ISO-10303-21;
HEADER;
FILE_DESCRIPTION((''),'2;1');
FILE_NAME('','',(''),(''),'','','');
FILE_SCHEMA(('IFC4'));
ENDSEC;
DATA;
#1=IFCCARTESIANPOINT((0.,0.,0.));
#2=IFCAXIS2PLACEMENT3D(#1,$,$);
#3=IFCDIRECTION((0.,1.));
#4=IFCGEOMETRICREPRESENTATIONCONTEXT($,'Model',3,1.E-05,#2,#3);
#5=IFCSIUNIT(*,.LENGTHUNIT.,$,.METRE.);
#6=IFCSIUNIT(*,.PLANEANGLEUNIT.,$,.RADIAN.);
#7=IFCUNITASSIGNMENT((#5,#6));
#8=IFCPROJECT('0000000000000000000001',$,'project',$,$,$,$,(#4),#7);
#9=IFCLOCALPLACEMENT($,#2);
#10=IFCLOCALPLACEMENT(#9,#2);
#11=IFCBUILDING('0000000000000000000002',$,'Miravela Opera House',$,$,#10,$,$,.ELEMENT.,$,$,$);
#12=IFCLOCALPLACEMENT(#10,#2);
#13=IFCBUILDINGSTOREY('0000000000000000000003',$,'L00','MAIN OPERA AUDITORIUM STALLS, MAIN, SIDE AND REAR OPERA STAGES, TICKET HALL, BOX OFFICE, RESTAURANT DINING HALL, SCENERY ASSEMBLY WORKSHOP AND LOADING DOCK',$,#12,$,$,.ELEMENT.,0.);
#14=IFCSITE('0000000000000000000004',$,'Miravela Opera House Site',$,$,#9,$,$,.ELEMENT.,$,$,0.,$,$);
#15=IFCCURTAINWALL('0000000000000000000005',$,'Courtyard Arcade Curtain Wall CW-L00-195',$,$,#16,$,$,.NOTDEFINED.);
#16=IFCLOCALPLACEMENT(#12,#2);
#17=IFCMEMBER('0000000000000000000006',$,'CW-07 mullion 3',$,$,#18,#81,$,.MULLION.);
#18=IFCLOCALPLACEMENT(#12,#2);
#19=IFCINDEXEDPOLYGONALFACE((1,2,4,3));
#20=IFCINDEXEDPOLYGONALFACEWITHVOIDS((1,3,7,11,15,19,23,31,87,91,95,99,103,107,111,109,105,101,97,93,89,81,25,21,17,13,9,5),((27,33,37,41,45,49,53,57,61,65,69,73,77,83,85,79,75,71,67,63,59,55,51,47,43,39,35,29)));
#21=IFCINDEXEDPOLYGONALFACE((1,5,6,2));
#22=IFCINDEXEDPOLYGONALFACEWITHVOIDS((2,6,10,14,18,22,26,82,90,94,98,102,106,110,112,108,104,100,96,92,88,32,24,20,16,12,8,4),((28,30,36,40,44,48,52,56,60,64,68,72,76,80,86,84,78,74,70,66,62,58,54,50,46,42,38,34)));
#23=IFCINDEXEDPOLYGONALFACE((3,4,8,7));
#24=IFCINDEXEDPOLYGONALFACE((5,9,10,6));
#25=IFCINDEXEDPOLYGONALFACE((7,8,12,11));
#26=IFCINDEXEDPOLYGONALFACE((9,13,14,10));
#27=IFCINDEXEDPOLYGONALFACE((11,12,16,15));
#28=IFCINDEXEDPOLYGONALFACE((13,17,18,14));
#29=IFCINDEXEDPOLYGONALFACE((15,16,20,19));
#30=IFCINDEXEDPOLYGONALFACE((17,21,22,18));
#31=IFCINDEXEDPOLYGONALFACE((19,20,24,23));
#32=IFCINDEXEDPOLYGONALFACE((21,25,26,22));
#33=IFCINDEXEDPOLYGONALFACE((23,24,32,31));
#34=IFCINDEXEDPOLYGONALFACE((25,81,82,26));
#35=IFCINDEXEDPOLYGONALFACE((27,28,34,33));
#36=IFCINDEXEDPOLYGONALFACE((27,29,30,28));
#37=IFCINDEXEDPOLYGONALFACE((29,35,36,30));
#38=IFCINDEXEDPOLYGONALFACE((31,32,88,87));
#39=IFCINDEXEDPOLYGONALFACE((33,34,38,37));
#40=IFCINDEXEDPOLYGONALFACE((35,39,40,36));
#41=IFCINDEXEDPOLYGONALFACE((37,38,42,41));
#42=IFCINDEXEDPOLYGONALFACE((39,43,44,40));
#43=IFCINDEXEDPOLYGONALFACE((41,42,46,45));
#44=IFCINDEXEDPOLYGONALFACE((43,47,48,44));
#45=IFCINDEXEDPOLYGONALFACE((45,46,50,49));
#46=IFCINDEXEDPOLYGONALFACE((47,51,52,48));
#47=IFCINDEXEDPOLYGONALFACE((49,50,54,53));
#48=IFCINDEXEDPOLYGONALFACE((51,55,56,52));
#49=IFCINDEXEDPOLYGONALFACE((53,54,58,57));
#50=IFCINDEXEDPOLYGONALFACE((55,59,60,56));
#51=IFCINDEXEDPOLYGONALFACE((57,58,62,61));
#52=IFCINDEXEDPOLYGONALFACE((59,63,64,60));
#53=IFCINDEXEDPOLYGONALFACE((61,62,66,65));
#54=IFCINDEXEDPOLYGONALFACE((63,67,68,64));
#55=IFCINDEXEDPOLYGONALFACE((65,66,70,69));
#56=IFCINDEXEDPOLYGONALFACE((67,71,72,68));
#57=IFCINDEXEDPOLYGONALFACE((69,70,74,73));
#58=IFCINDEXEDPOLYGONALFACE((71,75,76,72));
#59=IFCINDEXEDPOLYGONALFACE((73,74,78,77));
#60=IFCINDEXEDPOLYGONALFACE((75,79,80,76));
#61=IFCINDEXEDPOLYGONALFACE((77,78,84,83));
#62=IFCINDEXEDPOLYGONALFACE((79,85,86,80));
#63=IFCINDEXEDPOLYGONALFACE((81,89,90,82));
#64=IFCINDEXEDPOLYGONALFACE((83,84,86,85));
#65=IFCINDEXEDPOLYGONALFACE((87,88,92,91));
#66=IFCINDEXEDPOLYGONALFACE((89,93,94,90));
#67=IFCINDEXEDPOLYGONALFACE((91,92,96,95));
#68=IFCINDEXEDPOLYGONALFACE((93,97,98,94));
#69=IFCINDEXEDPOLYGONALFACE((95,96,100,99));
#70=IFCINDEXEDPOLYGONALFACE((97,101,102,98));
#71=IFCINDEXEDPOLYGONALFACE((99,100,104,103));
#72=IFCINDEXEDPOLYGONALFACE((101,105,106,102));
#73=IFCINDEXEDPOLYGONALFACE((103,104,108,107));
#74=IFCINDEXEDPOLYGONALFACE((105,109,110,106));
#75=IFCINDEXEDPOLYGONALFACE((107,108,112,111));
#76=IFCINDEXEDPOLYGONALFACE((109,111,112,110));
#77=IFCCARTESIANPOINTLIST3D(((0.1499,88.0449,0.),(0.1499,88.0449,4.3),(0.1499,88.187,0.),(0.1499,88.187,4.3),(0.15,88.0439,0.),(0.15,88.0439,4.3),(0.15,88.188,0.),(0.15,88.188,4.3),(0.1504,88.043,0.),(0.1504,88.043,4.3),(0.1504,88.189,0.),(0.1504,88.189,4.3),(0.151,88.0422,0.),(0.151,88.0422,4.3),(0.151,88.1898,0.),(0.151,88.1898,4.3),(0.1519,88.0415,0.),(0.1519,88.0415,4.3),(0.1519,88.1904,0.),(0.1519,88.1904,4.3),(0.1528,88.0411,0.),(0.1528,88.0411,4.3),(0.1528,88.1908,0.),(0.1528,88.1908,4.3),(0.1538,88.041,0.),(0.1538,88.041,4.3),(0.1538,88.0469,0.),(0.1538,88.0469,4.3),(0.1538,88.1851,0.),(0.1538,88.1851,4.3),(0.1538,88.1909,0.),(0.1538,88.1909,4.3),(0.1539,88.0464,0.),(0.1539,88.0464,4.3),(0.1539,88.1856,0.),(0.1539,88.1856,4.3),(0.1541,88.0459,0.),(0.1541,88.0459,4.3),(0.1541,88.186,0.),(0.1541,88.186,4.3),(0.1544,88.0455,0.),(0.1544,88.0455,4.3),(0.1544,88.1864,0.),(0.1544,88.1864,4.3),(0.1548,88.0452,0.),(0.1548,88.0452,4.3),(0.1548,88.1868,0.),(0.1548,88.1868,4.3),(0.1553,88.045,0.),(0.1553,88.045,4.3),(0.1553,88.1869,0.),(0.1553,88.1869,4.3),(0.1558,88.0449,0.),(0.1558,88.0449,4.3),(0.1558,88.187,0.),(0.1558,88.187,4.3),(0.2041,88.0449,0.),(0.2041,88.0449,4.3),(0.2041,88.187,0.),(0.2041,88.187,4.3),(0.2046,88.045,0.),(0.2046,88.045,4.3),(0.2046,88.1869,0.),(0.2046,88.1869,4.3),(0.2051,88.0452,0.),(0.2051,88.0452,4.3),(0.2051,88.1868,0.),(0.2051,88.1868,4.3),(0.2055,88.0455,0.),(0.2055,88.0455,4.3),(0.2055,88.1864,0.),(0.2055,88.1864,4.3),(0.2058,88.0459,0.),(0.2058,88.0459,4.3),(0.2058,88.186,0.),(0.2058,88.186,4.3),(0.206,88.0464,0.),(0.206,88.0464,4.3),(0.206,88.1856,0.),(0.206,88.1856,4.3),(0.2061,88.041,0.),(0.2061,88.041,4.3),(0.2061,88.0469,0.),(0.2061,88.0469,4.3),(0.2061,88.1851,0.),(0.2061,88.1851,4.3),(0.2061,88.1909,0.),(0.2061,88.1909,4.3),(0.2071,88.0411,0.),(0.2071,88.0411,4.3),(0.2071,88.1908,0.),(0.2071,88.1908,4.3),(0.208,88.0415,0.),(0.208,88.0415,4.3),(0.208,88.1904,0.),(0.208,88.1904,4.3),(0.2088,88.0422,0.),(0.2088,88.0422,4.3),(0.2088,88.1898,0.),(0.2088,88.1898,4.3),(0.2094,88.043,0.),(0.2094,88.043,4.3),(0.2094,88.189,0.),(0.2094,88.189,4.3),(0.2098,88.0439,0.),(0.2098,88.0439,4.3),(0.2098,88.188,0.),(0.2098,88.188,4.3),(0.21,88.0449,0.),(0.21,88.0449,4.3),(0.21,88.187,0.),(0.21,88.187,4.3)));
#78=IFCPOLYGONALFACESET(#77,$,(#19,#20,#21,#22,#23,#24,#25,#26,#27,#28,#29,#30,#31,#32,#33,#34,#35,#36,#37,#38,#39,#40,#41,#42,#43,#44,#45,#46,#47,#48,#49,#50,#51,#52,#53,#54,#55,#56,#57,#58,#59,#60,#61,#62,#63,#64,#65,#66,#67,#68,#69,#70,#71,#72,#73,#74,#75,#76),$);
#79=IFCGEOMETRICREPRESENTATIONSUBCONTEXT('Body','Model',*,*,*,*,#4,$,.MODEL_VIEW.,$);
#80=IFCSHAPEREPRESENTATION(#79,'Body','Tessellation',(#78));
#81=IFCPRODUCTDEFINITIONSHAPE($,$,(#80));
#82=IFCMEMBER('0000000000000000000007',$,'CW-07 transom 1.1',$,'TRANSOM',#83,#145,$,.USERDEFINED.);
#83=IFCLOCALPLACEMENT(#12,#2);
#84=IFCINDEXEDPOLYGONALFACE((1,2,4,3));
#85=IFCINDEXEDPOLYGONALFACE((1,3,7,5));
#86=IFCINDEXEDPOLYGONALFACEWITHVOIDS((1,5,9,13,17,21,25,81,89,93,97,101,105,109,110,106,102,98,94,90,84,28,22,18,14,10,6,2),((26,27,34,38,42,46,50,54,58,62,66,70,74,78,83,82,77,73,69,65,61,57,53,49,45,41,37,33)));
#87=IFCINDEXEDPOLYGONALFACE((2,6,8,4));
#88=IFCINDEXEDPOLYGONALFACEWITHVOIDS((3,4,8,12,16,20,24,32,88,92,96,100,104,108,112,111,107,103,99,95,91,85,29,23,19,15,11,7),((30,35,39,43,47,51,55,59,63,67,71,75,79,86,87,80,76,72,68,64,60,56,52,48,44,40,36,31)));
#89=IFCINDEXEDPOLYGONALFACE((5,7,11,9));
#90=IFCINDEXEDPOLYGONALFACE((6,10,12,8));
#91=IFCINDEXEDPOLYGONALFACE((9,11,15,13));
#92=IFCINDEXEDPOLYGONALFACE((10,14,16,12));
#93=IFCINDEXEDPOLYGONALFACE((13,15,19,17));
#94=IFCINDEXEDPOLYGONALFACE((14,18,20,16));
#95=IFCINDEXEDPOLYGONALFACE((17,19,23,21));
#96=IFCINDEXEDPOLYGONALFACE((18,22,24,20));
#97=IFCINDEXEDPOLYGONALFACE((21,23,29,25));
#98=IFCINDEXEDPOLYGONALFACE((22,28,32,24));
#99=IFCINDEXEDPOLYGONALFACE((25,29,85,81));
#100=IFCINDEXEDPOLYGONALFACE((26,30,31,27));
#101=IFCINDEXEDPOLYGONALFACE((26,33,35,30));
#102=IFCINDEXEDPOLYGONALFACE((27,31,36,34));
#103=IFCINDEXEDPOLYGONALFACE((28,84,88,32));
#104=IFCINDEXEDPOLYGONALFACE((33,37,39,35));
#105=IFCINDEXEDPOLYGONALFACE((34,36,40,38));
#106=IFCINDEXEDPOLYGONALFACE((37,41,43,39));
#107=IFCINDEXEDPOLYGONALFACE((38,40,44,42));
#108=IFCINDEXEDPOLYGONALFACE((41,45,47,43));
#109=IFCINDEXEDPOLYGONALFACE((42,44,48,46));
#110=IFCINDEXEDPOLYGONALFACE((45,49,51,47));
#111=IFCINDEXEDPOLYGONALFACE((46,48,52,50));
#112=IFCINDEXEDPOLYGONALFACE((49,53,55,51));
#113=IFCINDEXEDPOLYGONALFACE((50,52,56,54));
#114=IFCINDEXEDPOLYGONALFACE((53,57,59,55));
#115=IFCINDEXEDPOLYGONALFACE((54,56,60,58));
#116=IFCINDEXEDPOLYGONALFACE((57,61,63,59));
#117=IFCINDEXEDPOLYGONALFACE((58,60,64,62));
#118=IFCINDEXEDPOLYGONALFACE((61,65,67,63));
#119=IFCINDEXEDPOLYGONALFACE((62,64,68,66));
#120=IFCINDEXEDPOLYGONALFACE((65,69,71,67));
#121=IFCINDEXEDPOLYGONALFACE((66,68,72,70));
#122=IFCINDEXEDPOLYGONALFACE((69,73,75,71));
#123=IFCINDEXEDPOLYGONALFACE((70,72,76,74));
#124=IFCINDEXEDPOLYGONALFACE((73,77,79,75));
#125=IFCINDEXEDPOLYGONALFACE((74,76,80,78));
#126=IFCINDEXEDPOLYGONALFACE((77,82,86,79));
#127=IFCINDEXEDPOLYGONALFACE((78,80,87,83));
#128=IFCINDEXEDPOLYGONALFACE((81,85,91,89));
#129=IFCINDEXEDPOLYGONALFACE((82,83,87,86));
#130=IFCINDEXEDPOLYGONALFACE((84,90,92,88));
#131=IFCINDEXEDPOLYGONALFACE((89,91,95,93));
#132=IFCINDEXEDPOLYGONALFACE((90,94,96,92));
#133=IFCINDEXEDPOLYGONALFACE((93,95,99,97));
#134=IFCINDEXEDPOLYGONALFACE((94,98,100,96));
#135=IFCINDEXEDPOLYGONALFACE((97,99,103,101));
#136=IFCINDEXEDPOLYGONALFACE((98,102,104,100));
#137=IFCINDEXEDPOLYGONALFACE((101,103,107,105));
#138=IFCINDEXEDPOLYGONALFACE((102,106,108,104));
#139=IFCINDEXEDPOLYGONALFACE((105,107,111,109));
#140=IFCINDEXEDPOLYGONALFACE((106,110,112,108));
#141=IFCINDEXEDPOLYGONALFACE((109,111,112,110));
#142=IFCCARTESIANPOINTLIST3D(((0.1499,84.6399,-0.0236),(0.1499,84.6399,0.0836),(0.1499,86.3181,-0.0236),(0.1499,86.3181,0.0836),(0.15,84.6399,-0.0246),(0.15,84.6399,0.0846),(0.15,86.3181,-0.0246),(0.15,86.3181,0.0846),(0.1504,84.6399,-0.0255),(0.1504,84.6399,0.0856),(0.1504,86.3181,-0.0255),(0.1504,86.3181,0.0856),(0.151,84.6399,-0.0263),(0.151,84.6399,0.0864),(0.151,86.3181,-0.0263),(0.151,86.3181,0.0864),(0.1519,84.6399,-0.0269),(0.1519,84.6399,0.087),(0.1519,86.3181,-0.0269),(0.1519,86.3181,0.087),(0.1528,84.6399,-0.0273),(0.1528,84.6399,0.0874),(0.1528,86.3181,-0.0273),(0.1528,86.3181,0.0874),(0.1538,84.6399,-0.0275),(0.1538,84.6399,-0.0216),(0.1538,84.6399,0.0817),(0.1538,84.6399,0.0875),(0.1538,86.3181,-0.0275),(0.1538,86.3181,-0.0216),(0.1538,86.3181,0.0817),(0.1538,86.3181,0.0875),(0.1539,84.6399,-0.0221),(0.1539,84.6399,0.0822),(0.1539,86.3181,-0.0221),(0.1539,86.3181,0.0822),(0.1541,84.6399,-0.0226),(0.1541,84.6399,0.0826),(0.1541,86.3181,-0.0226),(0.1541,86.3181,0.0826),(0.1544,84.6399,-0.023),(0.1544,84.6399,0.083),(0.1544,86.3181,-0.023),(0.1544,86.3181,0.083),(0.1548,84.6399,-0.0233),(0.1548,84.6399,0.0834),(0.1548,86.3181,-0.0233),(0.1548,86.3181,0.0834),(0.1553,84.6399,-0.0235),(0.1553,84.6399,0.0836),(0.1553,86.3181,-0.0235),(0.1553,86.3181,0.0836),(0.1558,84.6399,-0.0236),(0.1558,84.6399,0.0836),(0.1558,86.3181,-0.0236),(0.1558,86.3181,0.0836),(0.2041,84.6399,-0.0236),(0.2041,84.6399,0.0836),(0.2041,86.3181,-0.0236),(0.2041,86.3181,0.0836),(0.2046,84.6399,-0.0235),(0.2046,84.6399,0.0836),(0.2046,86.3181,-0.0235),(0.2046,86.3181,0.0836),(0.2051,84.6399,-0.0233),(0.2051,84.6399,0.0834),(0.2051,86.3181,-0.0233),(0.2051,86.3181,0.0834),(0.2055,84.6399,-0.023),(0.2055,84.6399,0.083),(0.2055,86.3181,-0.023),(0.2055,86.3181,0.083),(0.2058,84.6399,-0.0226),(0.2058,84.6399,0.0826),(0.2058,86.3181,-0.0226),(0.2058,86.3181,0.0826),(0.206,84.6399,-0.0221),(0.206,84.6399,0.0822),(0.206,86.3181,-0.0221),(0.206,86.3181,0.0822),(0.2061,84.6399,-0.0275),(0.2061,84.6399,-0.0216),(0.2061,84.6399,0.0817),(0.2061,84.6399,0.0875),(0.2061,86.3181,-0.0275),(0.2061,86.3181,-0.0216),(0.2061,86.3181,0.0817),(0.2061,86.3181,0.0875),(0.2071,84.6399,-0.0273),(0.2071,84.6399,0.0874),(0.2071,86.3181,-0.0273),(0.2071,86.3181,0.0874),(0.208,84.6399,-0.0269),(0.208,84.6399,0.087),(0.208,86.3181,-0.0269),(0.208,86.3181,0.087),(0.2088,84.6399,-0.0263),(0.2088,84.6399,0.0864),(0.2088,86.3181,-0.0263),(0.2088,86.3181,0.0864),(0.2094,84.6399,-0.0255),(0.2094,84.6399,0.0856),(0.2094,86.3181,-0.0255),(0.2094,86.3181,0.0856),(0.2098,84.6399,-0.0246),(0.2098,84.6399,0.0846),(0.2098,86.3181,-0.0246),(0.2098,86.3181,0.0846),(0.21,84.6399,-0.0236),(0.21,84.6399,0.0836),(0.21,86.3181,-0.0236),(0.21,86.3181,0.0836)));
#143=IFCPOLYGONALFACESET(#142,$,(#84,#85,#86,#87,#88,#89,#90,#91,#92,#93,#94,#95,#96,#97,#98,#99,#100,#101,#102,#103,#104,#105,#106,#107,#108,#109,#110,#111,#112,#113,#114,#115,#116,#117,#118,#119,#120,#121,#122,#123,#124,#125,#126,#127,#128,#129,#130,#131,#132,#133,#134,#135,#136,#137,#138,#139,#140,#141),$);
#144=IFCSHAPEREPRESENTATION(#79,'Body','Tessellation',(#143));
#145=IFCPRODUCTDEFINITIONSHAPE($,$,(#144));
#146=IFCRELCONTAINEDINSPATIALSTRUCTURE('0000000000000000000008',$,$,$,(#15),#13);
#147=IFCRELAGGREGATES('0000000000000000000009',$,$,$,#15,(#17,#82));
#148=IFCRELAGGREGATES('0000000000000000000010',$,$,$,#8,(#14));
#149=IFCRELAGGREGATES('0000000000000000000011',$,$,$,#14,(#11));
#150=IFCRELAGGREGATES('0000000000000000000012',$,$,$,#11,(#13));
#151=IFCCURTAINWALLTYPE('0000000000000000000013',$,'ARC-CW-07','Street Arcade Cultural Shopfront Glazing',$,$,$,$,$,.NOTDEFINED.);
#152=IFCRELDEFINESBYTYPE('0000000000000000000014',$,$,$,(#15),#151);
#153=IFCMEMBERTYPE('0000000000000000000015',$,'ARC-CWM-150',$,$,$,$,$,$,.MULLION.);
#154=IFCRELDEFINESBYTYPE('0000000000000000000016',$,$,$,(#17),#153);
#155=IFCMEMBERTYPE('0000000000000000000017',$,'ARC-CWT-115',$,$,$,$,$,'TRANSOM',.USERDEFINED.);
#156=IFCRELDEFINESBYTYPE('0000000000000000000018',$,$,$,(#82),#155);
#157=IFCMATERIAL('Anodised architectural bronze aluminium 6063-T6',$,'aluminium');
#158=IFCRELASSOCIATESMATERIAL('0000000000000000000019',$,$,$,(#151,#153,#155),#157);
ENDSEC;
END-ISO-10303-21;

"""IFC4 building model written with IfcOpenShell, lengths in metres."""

from ifc_helpers import new_model, si_unit, direction, frame, origin, origin_2d, place, context, subcontext, project, spatial, hollow_rectangle, extrude, material, material_profile, profile_set, type_object, element, aggregate, save


model = new_model("IFC4")

# Units and contexts
model_context = context("Model", 3, precision=1e-05, world=origin(), true_north=direction((0.0, 1.0)))
body_context = subcontext(model_context, "Body", "Model", "MODEL_VIEW")
ifc_project = project(units=[si_unit("LENGTHUNIT", "METRE"), si_unit("PLANEANGLEUNIT", "RADIAN")], contexts=[model_context])

# Site, building, storey
site_placement = place(None, origin())
site = spatial("IfcSite", under=ifc_project, at=site_placement, Name="Miravela Opera House Site", CompositionType="ELEMENT", RefElevation=0.0)
building_placement = place(site_placement, origin())
building = spatial("IfcBuilding", under=site, at=building_placement, Name="Miravela Opera House", CompositionType="ELEMENT")
storey_placement = place(building_placement, origin())
storey = spatial("IfcBuildingStorey", under=building, at=storey_placement, Name="L00", Description="MAIN OPERA AUDITORIUM STALLS, MAIN, SIDE AND REAR OPERA STAGES, TICKET HALL, BOX OFFICE, RESTAURANT DINING HALL, SCENERY ASSEMBLY WORKSHOP AND LOADING DOCK", CompositionType="ELEMENT", Elevation=0.0)

# Curtain wall, members
ifc_material_1 = material(Name="Anodised architectural bronze aluminium 6063-T6", Category="aluminium")
curtain_wall_type = type_object("IfcCurtainWallType", Name="ARC-CW-07", Description="Street Arcade Cultural Shopfront Glazing", PredefinedType="NOTDEFINED", material=ifc_material_1)
curtain_wall_placement = place(storey_placement, origin())
curtain_wall = element("IfcCurtainWall", 1, at=curtain_wall_placement, inside=storey, type_object=curtain_wall_type, Name="Courtyard Arcade Curtain Wall CW-L00-195", PredefinedType="NOTDEFINED")
ifc_material_profile_1 = material_profile(ifc_material_1, hollow_rectangle(XDim=0.0601, YDim=0.1499, WallThickness=0.0039, InnerFilletRadius=0.002, OuterFilletRadius=0.0039, at=origin_2d()), Name="CWM-60X150")
ifc_profile_set_1 = profile_set([ifc_material_profile_1])
member_type_1 = type_object("IfcMemberType", Name="ARC-CWM-150", PredefinedType="MULLION", material=ifc_profile_set_1)
member_1_placement = place(storey_placement, frame((0.1799, 88.116, 0.0), z_axis=(0.0, 0.0, 1.0), x_axis=(-1.0, 0.0, 0.0)))
member_1 = element("IfcMember", 2, at=member_1_placement, type_object=member_type_1, Name="CW-07 mullion 3", PredefinedType="MULLION", context=body_context, shape_type="SweptSolid", body=[
    extrude(hollow_rectangle(XDim=0.0601, YDim=0.1499, WallThickness=0.0039, InnerFilletRadius=0.002, OuterFilletRadius=0.0039, at=origin_2d()), origin(), (0.0, 0.0, 1.0), 4.3),
])
ifc_material_profile_2 = material_profile(ifc_material_1, hollow_rectangle(XDim=0.0601, YDim=0.115, WallThickness=0.0039, InnerFilletRadius=0.002, OuterFilletRadius=0.0039, at=origin_2d()), Name="CWT-60X115")
ifc_profile_set_2 = profile_set([ifc_material_profile_2])
member_type_2 = type_object("IfcMemberType", Name="ARC-CWT-115", ElementType="TRANSOM", PredefinedType="USERDEFINED", material=ifc_profile_set_2)
member_2_placement = place(storey_placement, frame((0.1799, 84.6399, 0.03), z_axis=(0.0, 1.0, 0.0), x_axis=(-1.0, 0.0, 0.0)))
member_2 = element("IfcMember", 3, at=member_2_placement, type_object=member_type_2, Name="CW-07 transom 1.1", ObjectType="TRANSOM", PredefinedType="USERDEFINED", context=body_context, shape_type="SweptSolid", body=[
    extrude(hollow_rectangle(XDim=0.0601, YDim=0.115, WallThickness=0.0039, InnerFilletRadius=0.002, OuterFilletRadius=0.0039, at=origin_2d()), origin(), (0.0, 0.0, 1.0), 1.6782),
])

aggregate(curtain_wall, [member_1, member_2])

save(model, "model.ifc")
